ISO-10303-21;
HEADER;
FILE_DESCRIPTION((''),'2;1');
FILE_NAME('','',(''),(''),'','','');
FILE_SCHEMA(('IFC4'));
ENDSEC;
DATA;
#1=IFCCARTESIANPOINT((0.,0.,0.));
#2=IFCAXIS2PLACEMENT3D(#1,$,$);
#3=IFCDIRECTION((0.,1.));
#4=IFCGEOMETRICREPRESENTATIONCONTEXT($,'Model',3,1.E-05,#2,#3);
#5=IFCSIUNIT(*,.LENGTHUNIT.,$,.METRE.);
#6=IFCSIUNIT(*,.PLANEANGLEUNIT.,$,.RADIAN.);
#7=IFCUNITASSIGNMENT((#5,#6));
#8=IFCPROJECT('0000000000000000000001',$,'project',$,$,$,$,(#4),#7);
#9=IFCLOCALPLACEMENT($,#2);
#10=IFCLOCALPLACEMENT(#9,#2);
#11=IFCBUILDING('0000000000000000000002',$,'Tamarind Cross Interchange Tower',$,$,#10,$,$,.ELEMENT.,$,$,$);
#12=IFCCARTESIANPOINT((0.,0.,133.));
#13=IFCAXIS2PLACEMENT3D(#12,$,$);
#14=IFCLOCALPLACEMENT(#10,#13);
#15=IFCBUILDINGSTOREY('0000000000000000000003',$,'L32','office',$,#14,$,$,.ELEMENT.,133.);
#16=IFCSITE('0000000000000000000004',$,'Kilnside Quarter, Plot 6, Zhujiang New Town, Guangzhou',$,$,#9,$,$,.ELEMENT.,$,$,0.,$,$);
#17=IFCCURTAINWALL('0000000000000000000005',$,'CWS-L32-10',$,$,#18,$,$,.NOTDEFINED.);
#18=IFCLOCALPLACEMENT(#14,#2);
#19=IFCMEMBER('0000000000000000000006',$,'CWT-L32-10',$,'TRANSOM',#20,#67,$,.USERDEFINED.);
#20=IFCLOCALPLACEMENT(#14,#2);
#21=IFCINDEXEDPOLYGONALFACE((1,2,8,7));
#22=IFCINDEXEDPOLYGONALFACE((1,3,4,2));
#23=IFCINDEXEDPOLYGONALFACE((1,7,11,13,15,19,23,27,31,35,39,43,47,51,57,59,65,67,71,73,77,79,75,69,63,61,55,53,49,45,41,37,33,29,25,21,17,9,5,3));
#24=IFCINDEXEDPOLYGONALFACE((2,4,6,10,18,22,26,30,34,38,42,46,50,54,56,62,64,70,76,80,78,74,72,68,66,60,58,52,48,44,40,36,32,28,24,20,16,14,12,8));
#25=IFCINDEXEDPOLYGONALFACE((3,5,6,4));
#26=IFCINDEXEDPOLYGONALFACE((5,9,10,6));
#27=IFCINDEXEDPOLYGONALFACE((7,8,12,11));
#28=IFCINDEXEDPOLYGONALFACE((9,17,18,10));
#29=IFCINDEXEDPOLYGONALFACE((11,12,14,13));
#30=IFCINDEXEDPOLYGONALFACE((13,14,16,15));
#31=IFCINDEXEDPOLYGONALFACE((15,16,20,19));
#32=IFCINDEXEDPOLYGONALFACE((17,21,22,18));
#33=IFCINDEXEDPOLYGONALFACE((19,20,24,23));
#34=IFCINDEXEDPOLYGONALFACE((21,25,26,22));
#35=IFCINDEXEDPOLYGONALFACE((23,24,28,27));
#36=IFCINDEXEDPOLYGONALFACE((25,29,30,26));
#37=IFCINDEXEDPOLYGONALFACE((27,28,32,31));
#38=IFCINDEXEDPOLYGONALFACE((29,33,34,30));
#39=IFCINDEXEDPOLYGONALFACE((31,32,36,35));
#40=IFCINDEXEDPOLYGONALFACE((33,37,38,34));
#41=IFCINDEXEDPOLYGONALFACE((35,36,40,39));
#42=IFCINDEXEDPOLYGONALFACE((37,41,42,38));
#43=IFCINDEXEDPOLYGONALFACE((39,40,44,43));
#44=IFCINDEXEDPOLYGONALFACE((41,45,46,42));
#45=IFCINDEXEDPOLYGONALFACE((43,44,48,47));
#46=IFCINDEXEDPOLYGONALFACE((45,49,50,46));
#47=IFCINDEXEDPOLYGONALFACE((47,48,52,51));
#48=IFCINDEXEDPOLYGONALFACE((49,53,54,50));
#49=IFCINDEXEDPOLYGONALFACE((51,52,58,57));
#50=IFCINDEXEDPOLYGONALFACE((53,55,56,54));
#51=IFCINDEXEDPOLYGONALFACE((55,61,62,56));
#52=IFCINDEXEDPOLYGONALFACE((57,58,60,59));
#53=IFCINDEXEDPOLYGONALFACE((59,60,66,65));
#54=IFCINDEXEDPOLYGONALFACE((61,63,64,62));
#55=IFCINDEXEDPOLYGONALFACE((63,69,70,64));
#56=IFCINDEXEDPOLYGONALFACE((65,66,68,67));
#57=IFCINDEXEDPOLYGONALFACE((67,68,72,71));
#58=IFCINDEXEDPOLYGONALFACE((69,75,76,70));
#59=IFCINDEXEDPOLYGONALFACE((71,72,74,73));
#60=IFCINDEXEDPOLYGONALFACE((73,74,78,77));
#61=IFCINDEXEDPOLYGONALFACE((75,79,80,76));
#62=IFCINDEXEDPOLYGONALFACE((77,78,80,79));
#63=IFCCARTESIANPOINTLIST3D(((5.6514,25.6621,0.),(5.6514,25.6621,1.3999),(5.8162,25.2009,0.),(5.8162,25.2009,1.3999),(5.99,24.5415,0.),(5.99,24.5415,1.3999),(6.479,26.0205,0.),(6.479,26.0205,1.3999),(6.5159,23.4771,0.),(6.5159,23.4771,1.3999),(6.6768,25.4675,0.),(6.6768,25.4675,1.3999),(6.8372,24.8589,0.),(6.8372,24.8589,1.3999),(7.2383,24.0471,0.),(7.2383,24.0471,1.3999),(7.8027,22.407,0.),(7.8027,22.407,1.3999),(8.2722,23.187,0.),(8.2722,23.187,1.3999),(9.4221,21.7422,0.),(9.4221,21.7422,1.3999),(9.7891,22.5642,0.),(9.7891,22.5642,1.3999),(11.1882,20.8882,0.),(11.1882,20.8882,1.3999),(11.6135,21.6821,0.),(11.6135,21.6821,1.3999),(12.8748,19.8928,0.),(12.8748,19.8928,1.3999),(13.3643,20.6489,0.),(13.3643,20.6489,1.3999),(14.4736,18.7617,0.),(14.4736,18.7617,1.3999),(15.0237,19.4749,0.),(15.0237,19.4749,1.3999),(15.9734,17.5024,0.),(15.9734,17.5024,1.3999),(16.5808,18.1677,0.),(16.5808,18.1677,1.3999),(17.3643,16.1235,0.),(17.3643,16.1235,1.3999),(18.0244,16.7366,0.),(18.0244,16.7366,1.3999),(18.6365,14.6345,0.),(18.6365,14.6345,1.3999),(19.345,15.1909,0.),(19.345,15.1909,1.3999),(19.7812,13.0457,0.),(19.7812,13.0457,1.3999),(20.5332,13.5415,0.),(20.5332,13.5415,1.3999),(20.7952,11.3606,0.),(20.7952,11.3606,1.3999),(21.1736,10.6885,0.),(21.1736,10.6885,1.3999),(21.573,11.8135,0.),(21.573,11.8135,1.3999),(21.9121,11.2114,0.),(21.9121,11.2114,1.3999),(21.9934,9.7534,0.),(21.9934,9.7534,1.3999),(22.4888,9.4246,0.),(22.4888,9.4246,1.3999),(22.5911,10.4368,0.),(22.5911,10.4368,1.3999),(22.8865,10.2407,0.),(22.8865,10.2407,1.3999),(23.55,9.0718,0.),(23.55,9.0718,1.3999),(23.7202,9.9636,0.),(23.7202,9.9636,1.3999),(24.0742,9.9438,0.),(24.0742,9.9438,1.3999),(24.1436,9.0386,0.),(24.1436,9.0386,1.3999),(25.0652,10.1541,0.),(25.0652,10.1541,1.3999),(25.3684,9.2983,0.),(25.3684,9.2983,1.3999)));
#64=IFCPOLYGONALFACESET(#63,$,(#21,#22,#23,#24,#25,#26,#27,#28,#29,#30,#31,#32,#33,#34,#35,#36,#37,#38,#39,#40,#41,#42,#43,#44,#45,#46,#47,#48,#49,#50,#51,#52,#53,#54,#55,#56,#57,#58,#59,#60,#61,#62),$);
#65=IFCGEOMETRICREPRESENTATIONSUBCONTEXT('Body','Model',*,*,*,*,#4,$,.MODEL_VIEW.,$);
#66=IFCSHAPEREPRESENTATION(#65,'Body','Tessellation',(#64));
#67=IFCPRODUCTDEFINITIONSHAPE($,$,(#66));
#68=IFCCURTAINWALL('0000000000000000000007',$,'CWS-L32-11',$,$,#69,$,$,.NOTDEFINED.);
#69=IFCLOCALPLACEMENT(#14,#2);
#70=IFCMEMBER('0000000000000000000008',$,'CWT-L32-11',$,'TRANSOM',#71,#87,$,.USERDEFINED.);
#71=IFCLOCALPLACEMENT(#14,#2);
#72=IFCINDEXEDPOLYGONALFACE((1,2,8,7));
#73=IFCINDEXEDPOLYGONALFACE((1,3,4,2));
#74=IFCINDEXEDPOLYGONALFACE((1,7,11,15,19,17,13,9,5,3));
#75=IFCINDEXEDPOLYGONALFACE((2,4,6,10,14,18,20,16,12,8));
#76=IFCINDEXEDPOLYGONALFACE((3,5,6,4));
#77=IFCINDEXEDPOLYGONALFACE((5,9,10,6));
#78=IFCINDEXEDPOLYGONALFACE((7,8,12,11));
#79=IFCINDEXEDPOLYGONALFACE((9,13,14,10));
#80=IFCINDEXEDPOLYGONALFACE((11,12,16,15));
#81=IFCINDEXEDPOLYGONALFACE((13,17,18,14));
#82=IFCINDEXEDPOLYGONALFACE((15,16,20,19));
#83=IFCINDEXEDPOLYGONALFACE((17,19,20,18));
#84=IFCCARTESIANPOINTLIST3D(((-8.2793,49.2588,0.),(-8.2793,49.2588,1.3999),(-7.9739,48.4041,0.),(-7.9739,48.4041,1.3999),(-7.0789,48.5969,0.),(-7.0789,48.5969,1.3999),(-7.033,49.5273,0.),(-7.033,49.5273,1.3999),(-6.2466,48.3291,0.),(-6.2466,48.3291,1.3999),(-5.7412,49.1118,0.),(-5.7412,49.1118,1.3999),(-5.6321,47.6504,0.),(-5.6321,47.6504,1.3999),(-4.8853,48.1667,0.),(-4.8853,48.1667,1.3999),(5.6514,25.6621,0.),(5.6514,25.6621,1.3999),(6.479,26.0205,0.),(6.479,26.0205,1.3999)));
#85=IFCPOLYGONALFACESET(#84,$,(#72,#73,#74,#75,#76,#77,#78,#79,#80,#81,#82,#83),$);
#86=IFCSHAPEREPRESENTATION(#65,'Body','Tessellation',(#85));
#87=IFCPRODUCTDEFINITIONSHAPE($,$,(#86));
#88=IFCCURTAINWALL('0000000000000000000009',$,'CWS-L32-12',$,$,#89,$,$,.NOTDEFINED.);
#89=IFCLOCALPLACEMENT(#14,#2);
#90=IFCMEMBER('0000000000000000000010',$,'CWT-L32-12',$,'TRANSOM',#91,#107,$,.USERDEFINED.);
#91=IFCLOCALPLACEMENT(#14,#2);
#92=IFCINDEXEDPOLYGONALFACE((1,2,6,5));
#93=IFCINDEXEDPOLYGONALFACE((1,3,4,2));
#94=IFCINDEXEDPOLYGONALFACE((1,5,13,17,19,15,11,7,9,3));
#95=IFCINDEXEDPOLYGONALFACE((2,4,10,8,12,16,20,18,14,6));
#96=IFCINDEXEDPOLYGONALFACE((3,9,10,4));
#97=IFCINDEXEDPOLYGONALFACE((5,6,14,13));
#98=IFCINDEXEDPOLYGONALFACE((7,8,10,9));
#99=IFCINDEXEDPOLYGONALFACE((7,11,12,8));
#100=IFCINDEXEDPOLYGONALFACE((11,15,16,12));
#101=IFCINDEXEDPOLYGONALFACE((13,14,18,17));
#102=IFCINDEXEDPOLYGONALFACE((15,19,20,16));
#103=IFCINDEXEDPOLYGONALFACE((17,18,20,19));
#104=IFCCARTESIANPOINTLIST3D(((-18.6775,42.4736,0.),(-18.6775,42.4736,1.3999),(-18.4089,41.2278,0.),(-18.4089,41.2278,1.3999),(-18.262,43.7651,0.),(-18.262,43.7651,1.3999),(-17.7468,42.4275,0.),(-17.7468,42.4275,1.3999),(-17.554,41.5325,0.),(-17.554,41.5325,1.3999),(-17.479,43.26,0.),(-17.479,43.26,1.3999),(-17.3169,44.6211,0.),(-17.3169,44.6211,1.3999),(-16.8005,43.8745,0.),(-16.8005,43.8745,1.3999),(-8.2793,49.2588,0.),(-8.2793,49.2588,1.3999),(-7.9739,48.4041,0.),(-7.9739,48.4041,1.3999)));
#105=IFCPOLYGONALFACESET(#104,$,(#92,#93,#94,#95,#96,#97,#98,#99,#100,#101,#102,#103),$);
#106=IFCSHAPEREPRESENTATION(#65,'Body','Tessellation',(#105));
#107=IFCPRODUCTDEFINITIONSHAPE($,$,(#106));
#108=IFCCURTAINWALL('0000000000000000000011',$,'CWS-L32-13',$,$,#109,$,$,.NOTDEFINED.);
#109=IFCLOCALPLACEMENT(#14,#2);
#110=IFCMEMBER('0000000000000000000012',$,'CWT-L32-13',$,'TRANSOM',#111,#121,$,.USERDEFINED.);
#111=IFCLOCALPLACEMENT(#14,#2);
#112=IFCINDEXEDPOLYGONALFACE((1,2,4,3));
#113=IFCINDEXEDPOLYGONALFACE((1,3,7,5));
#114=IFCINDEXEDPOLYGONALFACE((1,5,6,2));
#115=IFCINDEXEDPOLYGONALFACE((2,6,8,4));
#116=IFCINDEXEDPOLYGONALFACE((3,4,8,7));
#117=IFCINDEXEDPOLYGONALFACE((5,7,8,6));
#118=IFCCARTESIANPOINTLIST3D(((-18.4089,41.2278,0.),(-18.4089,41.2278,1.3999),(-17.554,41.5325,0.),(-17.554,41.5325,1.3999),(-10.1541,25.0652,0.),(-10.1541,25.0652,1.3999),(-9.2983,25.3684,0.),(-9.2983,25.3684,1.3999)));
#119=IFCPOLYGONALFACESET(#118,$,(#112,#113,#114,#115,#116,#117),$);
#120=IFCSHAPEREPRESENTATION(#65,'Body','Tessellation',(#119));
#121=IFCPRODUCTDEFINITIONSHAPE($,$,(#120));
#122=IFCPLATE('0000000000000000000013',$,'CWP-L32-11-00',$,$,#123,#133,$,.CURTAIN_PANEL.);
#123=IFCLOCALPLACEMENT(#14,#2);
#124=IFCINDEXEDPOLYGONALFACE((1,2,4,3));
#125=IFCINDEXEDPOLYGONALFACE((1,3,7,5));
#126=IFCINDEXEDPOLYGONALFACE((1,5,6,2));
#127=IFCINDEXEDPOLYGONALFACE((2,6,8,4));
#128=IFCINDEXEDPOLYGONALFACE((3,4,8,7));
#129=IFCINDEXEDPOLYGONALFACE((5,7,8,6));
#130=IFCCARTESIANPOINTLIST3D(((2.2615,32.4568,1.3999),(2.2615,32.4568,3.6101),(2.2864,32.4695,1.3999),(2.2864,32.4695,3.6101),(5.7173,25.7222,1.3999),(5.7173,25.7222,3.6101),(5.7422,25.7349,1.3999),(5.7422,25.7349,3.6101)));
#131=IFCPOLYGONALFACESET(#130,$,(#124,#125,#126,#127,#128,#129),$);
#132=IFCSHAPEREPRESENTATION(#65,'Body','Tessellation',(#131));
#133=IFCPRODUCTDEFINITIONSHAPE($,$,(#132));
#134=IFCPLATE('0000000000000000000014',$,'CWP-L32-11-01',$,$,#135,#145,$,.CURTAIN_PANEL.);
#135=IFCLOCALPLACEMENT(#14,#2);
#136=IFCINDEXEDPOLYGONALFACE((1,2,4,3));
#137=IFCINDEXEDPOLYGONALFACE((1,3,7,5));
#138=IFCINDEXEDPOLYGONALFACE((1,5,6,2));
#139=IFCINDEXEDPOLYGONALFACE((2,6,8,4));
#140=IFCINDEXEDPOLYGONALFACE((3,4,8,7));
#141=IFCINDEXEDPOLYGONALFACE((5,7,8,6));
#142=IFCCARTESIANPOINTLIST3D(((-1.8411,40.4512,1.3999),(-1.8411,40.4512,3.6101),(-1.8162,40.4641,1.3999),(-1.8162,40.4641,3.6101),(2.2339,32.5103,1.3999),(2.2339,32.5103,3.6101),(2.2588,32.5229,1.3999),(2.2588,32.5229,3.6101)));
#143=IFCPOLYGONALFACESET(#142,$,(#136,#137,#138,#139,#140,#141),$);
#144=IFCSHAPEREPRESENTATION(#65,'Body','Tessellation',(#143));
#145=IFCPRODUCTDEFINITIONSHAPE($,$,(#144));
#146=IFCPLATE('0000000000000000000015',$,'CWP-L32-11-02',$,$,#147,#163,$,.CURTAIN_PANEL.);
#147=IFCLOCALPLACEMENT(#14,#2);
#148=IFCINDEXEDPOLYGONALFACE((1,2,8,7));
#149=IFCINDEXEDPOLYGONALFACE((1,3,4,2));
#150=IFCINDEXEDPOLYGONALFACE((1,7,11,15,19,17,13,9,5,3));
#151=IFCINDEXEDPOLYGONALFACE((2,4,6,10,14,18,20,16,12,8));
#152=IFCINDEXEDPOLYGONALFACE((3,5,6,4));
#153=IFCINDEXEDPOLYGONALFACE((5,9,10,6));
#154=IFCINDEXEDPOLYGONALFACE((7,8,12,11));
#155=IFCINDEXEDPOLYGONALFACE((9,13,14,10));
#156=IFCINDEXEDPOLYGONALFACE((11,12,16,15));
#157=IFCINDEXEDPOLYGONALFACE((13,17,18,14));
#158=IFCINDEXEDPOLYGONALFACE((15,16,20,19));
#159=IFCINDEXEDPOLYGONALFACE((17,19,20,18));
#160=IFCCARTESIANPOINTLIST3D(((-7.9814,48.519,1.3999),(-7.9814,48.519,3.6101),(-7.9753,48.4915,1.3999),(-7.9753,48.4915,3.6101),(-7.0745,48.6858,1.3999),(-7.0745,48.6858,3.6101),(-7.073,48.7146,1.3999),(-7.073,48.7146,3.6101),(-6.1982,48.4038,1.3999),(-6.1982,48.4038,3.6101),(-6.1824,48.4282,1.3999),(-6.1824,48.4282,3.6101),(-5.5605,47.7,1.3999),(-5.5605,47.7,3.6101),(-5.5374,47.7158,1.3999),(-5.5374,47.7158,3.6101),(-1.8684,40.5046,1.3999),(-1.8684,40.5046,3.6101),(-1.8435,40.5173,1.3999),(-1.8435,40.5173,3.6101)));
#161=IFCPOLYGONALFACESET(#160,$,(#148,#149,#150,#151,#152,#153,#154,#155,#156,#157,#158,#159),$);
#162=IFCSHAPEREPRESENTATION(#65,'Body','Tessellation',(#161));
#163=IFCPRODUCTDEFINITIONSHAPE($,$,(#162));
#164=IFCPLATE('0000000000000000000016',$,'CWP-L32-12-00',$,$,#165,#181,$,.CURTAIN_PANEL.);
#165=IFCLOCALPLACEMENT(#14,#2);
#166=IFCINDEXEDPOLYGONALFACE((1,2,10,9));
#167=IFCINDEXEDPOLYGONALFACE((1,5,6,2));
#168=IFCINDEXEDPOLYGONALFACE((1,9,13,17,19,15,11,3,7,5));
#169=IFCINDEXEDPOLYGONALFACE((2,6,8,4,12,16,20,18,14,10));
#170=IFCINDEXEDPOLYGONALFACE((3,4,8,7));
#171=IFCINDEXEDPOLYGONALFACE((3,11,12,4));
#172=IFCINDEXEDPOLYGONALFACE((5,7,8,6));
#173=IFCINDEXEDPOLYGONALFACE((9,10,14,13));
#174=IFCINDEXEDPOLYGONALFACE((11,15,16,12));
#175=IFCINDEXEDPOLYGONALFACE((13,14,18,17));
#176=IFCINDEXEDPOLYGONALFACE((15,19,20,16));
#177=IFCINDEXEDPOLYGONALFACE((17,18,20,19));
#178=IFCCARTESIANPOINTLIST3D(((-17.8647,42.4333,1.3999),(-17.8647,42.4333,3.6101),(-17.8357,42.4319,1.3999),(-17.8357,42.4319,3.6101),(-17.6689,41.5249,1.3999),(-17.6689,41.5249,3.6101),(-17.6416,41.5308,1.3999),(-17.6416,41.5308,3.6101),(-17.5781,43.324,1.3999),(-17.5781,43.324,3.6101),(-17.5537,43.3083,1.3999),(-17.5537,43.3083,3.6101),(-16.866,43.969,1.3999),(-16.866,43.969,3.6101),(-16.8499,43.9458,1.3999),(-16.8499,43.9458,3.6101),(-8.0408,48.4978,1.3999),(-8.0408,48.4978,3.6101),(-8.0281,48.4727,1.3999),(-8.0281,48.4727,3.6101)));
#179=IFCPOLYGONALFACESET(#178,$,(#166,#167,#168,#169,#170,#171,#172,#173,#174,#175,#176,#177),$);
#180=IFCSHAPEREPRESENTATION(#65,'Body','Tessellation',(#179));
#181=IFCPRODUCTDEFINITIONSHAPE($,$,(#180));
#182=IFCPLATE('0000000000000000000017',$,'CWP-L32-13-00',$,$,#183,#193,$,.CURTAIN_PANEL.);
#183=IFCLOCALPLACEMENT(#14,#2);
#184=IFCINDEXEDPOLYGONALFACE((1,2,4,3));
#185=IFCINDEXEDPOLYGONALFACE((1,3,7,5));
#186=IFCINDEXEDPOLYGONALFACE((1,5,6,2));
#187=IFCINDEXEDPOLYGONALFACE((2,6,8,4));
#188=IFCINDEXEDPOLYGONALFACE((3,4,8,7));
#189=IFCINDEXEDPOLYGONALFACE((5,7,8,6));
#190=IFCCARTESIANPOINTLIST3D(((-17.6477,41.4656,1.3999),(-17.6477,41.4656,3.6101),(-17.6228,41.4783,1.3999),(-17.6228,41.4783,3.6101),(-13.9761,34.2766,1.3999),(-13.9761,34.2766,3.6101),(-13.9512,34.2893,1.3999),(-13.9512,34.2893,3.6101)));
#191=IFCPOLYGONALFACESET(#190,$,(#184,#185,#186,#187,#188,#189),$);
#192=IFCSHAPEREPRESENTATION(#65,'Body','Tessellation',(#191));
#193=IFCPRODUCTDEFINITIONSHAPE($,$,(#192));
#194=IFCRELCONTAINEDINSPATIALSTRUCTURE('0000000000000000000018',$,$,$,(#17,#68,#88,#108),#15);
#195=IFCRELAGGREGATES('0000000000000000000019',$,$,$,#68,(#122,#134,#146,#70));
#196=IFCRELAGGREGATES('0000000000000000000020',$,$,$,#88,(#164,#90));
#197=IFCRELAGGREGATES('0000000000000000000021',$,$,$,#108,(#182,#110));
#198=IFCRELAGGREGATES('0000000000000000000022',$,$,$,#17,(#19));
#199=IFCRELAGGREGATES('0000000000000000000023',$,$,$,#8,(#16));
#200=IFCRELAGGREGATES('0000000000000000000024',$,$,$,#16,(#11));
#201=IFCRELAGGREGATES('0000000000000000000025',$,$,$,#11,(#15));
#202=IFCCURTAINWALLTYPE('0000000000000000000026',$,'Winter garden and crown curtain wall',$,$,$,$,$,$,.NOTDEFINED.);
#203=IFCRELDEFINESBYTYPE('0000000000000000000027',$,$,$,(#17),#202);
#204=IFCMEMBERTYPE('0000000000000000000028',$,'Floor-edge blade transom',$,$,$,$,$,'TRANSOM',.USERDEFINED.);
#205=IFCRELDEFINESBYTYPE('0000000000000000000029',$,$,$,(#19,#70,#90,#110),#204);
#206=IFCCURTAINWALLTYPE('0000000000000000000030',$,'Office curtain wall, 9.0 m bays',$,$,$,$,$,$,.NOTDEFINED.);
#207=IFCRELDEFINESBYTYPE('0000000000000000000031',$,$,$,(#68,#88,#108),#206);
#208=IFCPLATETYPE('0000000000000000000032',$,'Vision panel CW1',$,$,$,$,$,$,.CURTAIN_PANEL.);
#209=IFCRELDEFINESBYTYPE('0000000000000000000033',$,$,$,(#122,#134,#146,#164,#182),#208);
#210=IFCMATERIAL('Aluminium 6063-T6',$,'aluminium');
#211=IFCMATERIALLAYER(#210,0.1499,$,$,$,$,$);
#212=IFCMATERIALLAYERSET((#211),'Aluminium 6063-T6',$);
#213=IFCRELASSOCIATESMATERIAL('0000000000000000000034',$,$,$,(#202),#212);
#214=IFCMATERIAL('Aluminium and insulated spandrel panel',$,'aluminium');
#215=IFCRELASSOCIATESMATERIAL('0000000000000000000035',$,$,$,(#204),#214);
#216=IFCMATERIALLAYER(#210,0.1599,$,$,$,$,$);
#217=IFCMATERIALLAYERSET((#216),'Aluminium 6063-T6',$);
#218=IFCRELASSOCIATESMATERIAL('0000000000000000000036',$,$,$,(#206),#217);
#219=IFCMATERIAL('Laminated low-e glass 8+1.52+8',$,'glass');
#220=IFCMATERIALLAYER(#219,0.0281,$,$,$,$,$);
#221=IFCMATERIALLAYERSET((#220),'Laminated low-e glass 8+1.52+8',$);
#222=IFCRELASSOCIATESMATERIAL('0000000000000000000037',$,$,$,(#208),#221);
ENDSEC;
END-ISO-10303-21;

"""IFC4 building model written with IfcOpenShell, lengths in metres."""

from ifc_helpers import new_model, si_unit, direction, frame, origin, place, context, subcontext, project, spatial, polyline, outline, extrude, material, layer, layer_set, type_object, element, aggregate, save


model = new_model("IFC4")

# Units and contexts
model_context = context("Model", 3, precision=1e-05, world=origin(), true_north=direction((0.0, 1.0)))
body_context = subcontext(model_context, "Body", "Model", "MODEL_VIEW")
ifc_project = project(units=[si_unit("LENGTHUNIT", "METRE"), si_unit("PLANEANGLEUNIT", "RADIAN")], contexts=[model_context])

# Site, building, storey
site_placement = place(None, origin())
site = spatial("IfcSite", under=ifc_project, at=site_placement, Name="Kilnside Quarter, Plot 6, Zhujiang New Town, Guangzhou", CompositionType="ELEMENT", RefElevation=0.0)
building_placement = place(site_placement, origin())
building = spatial("IfcBuilding", under=site, at=building_placement, Name="Tamarind Cross Interchange Tower", CompositionType="ELEMENT")
storey_placement = place(building_placement, frame((0.0, 0.0, 133.0)))
storey = spatial("IfcBuildingStorey", under=building, at=storey_placement, Name="L32", Description="office", CompositionType="ELEMENT", Elevation=133.0)

# Curtain walls, members
ifc_material_1 = material(Name="Aluminium 6063-T6", Category="aluminium")
ifc_layer_1 = layer(ifc_material_1, 0.1499)
ifc_layer_set_1 = layer_set([ifc_layer_1], Name="Aluminium 6063-T6")
curtain_wall_type_1 = type_object("IfcCurtainWallType", Name="Winter garden and crown curtain wall", PredefinedType="NOTDEFINED", material=ifc_layer_set_1)
curtain_wall_1_placement = place(storey_placement, origin())
curtain_wall_1 = element("IfcCurtainWall", 1, at=curtain_wall_1_placement, inside=storey, type_object=curtain_wall_type_1, Name="CWS-L32-10", PredefinedType="NOTDEFINED")
ifc_material_2 = material(Name="Aluminium and insulated spandrel panel", Category="aluminium")
member_type = type_object("IfcMemberType", Name="Floor-edge blade transom", ElementType="TRANSOM", PredefinedType="USERDEFINED", material=ifc_material_2)
member_1_placement = place(storey_placement, origin())
member_1 = element("IfcMember", 2, at=member_1_placement, type_object=member_type, Name="CWT-L32-10", ObjectType="TRANSOM", PredefinedType="USERDEFINED", context=body_context, shape_type="SweptSolid", body=[
    extrude(outline(polyline([(25.3684, 9.2983), (24.1436, 9.0386), (23.55, 9.0718), (22.4888, 9.4246), (21.9934, 9.7534), (21.1736, 10.6885), (20.7952, 11.3606), (19.7812, 13.0457), (18.6365, 14.6345), (17.3643, 16.1235), (15.9734, 17.5024), (14.4736, 18.7617), (12.8748, 19.8928), (11.1882, 20.8882), (9.4221, 21.7422), (7.8027, 22.407), (6.5159, 23.4771), (5.99, 24.5415), (5.8162, 25.2009), (5.6514, 25.6621), (6.479, 26.0205), (6.6768, 25.4675), (6.8372, 24.8589), (7.2383, 24.0471), (8.2722, 23.187), (9.7891, 22.5642), (11.6135, 21.6821), (13.3643, 20.6489), (15.0237, 19.4749), (16.5808, 18.1677), (18.0244, 16.7366), (19.345, 15.1909), (20.5332, 13.5415), (21.573, 11.8135), (21.9121, 11.2114), (22.5911, 10.4368), (22.8865, 10.2407), (23.7202, 9.9636), (24.0742, 9.9438), (25.0652, 10.1541), (25.3684, 9.2983)])), origin(), (0.0, 0.0, 1.0), 1.3999),
])
ifc_layer_2 = layer(ifc_material_1, 0.1599)
ifc_layer_set_2 = layer_set([ifc_layer_2], Name="Aluminium 6063-T6")
curtain_wall_type_2 = type_object("IfcCurtainWallType", Name="Office curtain wall, 9.0 m bays", PredefinedType="NOTDEFINED", material=ifc_layer_set_2)
curtain_wall_2_placement = place(storey_placement, origin())
curtain_wall_2 = element("IfcCurtainWall", 3, at=curtain_wall_2_placement, inside=storey, type_object=curtain_wall_type_2, Name="CWS-L32-11", PredefinedType="NOTDEFINED")
member_2_placement = place(storey_placement, origin())
member_2 = element("IfcMember", 4, at=member_2_placement, type_object=member_type, Name="CWT-L32-11", ObjectType="TRANSOM", PredefinedType="USERDEFINED", context=body_context, shape_type="SweptSolid", body=[
    extrude(outline(polyline([(5.6514, 25.6621), (-5.6321, 47.6504), (-6.2466, 48.3291), (-7.0789, 48.5969), (-7.9739, 48.4041), (-8.2793, 49.2588), (-7.033, 49.5273), (-5.7412, 49.1118), (-4.8853, 48.1667), (6.479, 26.0205), (5.6514, 25.6621)])), origin(), (0.0, 0.0, 1.0), 1.3999),
])
curtain_wall_3_placement = place(storey_placement, origin())
curtain_wall_3 = element("IfcCurtainWall", 5, at=curtain_wall_3_placement, inside=storey, type_object=curtain_wall_type_2, Name="CWS-L32-12", PredefinedType="NOTDEFINED")
member_3_placement = place(storey_placement, origin())
member_3 = element("IfcMember", 6, at=member_3_placement, type_object=member_type, Name="CWT-L32-12", ObjectType="TRANSOM", PredefinedType="USERDEFINED", context=body_context, shape_type="SweptSolid", body=[
    extrude(outline(polyline([(-7.9739, 48.4041), (-16.8005, 43.8745), (-17.479, 43.26), (-17.7468, 42.4275), (-17.554, 41.5325), (-18.4089, 41.2278), (-18.6775, 42.4736), (-18.262, 43.7651), (-17.3169, 44.6211), (-8.2793, 49.2588), (-7.9739, 48.4041)])), origin(), (0.0, 0.0, 1.0), 1.3999),
])
curtain_wall_4_placement = place(storey_placement, origin())
curtain_wall_4 = element("IfcCurtainWall", 7, at=curtain_wall_4_placement, inside=storey, type_object=curtain_wall_type_2, Name="CWS-L32-13", PredefinedType="NOTDEFINED")
member_4_placement = place(storey_placement, origin())
member_4 = element("IfcMember", 8, at=member_4_placement, type_object=member_type, Name="CWT-L32-13", ObjectType="TRANSOM", PredefinedType="USERDEFINED", context=body_context, shape_type="SweptSolid", body=[
    extrude(outline(polyline([(-17.554, 41.5325), (-9.2983, 25.3684), (-10.1541, 25.0652), (-18.4089, 41.2278), (-17.554, 41.5325)])), origin(), (0.0, 0.0, 1.0), 1.3999),
])

# Plates
ifc_material_3 = material(Name="Laminated low-e glass 8+1.52+8", Category="glass")
ifc_layer_3 = layer(ifc_material_3, 0.0281)
ifc_layer_set_3 = layer_set([ifc_layer_3], Name="Laminated low-e glass 8+1.52+8")
plate_type_1 = type_object("IfcPlateType", Name="Vision panel CW1", PredefinedType="CURTAIN_PANEL", material=ifc_layer_set_3)
plate_1_placement = place(storey_placement, frame((0.0, 0.0, 1.3999)))
plate_1 = element("IfcPlate", 9, at=plate_1_placement, type_object=plate_type_1, Name="CWP-L32-11-00", PredefinedType="CURTAIN_PANEL", context=body_context, shape_type="SweptSolid", body=[
    extrude(outline(polyline([(5.7173, 25.7222), (2.2615, 32.4568), (2.2864, 32.4695), (5.7422, 25.7349), (5.7173, 25.7222)])), origin(), (0.0, 0.0, 1.0), 2.2102),
])
plate_2_placement = place(storey_placement, frame((0.0, 0.0, 1.3999)))
plate_2 = element("IfcPlate", 10, at=plate_2_placement, type_object=plate_type_1, Name="CWP-L32-11-01", PredefinedType="CURTAIN_PANEL", context=body_context, shape_type="SweptSolid", body=[
    extrude(outline(polyline([(2.2339, 32.5103), (-1.8411, 40.4512), (-1.8162, 40.4641), (2.2588, 32.5229), (2.2339, 32.5103)])), origin(), (0.0, 0.0, 1.0), 2.2102),
])
plate_3_placement = place(storey_placement, frame((0.0, 0.0, 1.3999)))
plate_3 = element("IfcPlate", 11, at=plate_3_placement, type_object=plate_type_1, Name="CWP-L32-11-02", PredefinedType="CURTAIN_PANEL", context=body_context, shape_type="SweptSolid", body=[
    extrude(outline(polyline([(-1.8684, 40.5046), (-5.5605, 47.7), (-6.1982, 48.4038), (-7.0745, 48.6858), (-7.9753, 48.4915), (-7.9814, 48.519), (-7.073, 48.7146), (-6.1824, 48.4282), (-5.5374, 47.7158), (-1.8435, 40.5173), (-1.8684, 40.5046)])), origin(), (0.0, 0.0, 1.0), 2.2102),
])
aggregate(curtain_wall_2, [plate_1, plate_2, plate_3, member_2])
plate_4_placement = place(storey_placement, frame((0.0, 0.0, 1.3999)))
plate_4 = element("IfcPlate", 12, at=plate_4_placement, type_object=plate_type_1, Name="CWP-L32-12-00", PredefinedType="CURTAIN_PANEL", context=body_context, shape_type="SweptSolid", body=[
    extrude(outline(polyline([(-8.0281, 48.4727), (-16.8499, 43.9458), (-17.5537, 43.3083), (-17.8357, 42.4319), (-17.6416, 41.5308), (-17.6689, 41.5249), (-17.8647, 42.4333), (-17.5781, 43.324), (-16.866, 43.969), (-8.0408, 48.4978), (-8.0281, 48.4727)])), origin(), (0.0, 0.0, 1.0), 2.2102),
])
aggregate(curtain_wall_3, [plate_4, member_3])
plate_5_placement = place(storey_placement, frame((0.0, 0.0, 1.3999)))
plate_5 = element("IfcPlate", 13, at=plate_5_placement, type_object=plate_type_1, Name="CWP-L32-13-00", PredefinedType="CURTAIN_PANEL", context=body_context, shape_type="SweptSolid", body=[
    extrude(outline(polyline([(-17.6228, 41.4783), (-13.9512, 34.2893), (-13.9761, 34.2766), (-17.6477, 41.4656), (-17.6228, 41.4783)])), origin(), (0.0, 0.0, 1.0), 2.2102),
])
aggregate(curtain_wall_4, [plate_5, member_4])
aggregate(curtain_wall_1, [member_1])

save(model, "model.ifc")
